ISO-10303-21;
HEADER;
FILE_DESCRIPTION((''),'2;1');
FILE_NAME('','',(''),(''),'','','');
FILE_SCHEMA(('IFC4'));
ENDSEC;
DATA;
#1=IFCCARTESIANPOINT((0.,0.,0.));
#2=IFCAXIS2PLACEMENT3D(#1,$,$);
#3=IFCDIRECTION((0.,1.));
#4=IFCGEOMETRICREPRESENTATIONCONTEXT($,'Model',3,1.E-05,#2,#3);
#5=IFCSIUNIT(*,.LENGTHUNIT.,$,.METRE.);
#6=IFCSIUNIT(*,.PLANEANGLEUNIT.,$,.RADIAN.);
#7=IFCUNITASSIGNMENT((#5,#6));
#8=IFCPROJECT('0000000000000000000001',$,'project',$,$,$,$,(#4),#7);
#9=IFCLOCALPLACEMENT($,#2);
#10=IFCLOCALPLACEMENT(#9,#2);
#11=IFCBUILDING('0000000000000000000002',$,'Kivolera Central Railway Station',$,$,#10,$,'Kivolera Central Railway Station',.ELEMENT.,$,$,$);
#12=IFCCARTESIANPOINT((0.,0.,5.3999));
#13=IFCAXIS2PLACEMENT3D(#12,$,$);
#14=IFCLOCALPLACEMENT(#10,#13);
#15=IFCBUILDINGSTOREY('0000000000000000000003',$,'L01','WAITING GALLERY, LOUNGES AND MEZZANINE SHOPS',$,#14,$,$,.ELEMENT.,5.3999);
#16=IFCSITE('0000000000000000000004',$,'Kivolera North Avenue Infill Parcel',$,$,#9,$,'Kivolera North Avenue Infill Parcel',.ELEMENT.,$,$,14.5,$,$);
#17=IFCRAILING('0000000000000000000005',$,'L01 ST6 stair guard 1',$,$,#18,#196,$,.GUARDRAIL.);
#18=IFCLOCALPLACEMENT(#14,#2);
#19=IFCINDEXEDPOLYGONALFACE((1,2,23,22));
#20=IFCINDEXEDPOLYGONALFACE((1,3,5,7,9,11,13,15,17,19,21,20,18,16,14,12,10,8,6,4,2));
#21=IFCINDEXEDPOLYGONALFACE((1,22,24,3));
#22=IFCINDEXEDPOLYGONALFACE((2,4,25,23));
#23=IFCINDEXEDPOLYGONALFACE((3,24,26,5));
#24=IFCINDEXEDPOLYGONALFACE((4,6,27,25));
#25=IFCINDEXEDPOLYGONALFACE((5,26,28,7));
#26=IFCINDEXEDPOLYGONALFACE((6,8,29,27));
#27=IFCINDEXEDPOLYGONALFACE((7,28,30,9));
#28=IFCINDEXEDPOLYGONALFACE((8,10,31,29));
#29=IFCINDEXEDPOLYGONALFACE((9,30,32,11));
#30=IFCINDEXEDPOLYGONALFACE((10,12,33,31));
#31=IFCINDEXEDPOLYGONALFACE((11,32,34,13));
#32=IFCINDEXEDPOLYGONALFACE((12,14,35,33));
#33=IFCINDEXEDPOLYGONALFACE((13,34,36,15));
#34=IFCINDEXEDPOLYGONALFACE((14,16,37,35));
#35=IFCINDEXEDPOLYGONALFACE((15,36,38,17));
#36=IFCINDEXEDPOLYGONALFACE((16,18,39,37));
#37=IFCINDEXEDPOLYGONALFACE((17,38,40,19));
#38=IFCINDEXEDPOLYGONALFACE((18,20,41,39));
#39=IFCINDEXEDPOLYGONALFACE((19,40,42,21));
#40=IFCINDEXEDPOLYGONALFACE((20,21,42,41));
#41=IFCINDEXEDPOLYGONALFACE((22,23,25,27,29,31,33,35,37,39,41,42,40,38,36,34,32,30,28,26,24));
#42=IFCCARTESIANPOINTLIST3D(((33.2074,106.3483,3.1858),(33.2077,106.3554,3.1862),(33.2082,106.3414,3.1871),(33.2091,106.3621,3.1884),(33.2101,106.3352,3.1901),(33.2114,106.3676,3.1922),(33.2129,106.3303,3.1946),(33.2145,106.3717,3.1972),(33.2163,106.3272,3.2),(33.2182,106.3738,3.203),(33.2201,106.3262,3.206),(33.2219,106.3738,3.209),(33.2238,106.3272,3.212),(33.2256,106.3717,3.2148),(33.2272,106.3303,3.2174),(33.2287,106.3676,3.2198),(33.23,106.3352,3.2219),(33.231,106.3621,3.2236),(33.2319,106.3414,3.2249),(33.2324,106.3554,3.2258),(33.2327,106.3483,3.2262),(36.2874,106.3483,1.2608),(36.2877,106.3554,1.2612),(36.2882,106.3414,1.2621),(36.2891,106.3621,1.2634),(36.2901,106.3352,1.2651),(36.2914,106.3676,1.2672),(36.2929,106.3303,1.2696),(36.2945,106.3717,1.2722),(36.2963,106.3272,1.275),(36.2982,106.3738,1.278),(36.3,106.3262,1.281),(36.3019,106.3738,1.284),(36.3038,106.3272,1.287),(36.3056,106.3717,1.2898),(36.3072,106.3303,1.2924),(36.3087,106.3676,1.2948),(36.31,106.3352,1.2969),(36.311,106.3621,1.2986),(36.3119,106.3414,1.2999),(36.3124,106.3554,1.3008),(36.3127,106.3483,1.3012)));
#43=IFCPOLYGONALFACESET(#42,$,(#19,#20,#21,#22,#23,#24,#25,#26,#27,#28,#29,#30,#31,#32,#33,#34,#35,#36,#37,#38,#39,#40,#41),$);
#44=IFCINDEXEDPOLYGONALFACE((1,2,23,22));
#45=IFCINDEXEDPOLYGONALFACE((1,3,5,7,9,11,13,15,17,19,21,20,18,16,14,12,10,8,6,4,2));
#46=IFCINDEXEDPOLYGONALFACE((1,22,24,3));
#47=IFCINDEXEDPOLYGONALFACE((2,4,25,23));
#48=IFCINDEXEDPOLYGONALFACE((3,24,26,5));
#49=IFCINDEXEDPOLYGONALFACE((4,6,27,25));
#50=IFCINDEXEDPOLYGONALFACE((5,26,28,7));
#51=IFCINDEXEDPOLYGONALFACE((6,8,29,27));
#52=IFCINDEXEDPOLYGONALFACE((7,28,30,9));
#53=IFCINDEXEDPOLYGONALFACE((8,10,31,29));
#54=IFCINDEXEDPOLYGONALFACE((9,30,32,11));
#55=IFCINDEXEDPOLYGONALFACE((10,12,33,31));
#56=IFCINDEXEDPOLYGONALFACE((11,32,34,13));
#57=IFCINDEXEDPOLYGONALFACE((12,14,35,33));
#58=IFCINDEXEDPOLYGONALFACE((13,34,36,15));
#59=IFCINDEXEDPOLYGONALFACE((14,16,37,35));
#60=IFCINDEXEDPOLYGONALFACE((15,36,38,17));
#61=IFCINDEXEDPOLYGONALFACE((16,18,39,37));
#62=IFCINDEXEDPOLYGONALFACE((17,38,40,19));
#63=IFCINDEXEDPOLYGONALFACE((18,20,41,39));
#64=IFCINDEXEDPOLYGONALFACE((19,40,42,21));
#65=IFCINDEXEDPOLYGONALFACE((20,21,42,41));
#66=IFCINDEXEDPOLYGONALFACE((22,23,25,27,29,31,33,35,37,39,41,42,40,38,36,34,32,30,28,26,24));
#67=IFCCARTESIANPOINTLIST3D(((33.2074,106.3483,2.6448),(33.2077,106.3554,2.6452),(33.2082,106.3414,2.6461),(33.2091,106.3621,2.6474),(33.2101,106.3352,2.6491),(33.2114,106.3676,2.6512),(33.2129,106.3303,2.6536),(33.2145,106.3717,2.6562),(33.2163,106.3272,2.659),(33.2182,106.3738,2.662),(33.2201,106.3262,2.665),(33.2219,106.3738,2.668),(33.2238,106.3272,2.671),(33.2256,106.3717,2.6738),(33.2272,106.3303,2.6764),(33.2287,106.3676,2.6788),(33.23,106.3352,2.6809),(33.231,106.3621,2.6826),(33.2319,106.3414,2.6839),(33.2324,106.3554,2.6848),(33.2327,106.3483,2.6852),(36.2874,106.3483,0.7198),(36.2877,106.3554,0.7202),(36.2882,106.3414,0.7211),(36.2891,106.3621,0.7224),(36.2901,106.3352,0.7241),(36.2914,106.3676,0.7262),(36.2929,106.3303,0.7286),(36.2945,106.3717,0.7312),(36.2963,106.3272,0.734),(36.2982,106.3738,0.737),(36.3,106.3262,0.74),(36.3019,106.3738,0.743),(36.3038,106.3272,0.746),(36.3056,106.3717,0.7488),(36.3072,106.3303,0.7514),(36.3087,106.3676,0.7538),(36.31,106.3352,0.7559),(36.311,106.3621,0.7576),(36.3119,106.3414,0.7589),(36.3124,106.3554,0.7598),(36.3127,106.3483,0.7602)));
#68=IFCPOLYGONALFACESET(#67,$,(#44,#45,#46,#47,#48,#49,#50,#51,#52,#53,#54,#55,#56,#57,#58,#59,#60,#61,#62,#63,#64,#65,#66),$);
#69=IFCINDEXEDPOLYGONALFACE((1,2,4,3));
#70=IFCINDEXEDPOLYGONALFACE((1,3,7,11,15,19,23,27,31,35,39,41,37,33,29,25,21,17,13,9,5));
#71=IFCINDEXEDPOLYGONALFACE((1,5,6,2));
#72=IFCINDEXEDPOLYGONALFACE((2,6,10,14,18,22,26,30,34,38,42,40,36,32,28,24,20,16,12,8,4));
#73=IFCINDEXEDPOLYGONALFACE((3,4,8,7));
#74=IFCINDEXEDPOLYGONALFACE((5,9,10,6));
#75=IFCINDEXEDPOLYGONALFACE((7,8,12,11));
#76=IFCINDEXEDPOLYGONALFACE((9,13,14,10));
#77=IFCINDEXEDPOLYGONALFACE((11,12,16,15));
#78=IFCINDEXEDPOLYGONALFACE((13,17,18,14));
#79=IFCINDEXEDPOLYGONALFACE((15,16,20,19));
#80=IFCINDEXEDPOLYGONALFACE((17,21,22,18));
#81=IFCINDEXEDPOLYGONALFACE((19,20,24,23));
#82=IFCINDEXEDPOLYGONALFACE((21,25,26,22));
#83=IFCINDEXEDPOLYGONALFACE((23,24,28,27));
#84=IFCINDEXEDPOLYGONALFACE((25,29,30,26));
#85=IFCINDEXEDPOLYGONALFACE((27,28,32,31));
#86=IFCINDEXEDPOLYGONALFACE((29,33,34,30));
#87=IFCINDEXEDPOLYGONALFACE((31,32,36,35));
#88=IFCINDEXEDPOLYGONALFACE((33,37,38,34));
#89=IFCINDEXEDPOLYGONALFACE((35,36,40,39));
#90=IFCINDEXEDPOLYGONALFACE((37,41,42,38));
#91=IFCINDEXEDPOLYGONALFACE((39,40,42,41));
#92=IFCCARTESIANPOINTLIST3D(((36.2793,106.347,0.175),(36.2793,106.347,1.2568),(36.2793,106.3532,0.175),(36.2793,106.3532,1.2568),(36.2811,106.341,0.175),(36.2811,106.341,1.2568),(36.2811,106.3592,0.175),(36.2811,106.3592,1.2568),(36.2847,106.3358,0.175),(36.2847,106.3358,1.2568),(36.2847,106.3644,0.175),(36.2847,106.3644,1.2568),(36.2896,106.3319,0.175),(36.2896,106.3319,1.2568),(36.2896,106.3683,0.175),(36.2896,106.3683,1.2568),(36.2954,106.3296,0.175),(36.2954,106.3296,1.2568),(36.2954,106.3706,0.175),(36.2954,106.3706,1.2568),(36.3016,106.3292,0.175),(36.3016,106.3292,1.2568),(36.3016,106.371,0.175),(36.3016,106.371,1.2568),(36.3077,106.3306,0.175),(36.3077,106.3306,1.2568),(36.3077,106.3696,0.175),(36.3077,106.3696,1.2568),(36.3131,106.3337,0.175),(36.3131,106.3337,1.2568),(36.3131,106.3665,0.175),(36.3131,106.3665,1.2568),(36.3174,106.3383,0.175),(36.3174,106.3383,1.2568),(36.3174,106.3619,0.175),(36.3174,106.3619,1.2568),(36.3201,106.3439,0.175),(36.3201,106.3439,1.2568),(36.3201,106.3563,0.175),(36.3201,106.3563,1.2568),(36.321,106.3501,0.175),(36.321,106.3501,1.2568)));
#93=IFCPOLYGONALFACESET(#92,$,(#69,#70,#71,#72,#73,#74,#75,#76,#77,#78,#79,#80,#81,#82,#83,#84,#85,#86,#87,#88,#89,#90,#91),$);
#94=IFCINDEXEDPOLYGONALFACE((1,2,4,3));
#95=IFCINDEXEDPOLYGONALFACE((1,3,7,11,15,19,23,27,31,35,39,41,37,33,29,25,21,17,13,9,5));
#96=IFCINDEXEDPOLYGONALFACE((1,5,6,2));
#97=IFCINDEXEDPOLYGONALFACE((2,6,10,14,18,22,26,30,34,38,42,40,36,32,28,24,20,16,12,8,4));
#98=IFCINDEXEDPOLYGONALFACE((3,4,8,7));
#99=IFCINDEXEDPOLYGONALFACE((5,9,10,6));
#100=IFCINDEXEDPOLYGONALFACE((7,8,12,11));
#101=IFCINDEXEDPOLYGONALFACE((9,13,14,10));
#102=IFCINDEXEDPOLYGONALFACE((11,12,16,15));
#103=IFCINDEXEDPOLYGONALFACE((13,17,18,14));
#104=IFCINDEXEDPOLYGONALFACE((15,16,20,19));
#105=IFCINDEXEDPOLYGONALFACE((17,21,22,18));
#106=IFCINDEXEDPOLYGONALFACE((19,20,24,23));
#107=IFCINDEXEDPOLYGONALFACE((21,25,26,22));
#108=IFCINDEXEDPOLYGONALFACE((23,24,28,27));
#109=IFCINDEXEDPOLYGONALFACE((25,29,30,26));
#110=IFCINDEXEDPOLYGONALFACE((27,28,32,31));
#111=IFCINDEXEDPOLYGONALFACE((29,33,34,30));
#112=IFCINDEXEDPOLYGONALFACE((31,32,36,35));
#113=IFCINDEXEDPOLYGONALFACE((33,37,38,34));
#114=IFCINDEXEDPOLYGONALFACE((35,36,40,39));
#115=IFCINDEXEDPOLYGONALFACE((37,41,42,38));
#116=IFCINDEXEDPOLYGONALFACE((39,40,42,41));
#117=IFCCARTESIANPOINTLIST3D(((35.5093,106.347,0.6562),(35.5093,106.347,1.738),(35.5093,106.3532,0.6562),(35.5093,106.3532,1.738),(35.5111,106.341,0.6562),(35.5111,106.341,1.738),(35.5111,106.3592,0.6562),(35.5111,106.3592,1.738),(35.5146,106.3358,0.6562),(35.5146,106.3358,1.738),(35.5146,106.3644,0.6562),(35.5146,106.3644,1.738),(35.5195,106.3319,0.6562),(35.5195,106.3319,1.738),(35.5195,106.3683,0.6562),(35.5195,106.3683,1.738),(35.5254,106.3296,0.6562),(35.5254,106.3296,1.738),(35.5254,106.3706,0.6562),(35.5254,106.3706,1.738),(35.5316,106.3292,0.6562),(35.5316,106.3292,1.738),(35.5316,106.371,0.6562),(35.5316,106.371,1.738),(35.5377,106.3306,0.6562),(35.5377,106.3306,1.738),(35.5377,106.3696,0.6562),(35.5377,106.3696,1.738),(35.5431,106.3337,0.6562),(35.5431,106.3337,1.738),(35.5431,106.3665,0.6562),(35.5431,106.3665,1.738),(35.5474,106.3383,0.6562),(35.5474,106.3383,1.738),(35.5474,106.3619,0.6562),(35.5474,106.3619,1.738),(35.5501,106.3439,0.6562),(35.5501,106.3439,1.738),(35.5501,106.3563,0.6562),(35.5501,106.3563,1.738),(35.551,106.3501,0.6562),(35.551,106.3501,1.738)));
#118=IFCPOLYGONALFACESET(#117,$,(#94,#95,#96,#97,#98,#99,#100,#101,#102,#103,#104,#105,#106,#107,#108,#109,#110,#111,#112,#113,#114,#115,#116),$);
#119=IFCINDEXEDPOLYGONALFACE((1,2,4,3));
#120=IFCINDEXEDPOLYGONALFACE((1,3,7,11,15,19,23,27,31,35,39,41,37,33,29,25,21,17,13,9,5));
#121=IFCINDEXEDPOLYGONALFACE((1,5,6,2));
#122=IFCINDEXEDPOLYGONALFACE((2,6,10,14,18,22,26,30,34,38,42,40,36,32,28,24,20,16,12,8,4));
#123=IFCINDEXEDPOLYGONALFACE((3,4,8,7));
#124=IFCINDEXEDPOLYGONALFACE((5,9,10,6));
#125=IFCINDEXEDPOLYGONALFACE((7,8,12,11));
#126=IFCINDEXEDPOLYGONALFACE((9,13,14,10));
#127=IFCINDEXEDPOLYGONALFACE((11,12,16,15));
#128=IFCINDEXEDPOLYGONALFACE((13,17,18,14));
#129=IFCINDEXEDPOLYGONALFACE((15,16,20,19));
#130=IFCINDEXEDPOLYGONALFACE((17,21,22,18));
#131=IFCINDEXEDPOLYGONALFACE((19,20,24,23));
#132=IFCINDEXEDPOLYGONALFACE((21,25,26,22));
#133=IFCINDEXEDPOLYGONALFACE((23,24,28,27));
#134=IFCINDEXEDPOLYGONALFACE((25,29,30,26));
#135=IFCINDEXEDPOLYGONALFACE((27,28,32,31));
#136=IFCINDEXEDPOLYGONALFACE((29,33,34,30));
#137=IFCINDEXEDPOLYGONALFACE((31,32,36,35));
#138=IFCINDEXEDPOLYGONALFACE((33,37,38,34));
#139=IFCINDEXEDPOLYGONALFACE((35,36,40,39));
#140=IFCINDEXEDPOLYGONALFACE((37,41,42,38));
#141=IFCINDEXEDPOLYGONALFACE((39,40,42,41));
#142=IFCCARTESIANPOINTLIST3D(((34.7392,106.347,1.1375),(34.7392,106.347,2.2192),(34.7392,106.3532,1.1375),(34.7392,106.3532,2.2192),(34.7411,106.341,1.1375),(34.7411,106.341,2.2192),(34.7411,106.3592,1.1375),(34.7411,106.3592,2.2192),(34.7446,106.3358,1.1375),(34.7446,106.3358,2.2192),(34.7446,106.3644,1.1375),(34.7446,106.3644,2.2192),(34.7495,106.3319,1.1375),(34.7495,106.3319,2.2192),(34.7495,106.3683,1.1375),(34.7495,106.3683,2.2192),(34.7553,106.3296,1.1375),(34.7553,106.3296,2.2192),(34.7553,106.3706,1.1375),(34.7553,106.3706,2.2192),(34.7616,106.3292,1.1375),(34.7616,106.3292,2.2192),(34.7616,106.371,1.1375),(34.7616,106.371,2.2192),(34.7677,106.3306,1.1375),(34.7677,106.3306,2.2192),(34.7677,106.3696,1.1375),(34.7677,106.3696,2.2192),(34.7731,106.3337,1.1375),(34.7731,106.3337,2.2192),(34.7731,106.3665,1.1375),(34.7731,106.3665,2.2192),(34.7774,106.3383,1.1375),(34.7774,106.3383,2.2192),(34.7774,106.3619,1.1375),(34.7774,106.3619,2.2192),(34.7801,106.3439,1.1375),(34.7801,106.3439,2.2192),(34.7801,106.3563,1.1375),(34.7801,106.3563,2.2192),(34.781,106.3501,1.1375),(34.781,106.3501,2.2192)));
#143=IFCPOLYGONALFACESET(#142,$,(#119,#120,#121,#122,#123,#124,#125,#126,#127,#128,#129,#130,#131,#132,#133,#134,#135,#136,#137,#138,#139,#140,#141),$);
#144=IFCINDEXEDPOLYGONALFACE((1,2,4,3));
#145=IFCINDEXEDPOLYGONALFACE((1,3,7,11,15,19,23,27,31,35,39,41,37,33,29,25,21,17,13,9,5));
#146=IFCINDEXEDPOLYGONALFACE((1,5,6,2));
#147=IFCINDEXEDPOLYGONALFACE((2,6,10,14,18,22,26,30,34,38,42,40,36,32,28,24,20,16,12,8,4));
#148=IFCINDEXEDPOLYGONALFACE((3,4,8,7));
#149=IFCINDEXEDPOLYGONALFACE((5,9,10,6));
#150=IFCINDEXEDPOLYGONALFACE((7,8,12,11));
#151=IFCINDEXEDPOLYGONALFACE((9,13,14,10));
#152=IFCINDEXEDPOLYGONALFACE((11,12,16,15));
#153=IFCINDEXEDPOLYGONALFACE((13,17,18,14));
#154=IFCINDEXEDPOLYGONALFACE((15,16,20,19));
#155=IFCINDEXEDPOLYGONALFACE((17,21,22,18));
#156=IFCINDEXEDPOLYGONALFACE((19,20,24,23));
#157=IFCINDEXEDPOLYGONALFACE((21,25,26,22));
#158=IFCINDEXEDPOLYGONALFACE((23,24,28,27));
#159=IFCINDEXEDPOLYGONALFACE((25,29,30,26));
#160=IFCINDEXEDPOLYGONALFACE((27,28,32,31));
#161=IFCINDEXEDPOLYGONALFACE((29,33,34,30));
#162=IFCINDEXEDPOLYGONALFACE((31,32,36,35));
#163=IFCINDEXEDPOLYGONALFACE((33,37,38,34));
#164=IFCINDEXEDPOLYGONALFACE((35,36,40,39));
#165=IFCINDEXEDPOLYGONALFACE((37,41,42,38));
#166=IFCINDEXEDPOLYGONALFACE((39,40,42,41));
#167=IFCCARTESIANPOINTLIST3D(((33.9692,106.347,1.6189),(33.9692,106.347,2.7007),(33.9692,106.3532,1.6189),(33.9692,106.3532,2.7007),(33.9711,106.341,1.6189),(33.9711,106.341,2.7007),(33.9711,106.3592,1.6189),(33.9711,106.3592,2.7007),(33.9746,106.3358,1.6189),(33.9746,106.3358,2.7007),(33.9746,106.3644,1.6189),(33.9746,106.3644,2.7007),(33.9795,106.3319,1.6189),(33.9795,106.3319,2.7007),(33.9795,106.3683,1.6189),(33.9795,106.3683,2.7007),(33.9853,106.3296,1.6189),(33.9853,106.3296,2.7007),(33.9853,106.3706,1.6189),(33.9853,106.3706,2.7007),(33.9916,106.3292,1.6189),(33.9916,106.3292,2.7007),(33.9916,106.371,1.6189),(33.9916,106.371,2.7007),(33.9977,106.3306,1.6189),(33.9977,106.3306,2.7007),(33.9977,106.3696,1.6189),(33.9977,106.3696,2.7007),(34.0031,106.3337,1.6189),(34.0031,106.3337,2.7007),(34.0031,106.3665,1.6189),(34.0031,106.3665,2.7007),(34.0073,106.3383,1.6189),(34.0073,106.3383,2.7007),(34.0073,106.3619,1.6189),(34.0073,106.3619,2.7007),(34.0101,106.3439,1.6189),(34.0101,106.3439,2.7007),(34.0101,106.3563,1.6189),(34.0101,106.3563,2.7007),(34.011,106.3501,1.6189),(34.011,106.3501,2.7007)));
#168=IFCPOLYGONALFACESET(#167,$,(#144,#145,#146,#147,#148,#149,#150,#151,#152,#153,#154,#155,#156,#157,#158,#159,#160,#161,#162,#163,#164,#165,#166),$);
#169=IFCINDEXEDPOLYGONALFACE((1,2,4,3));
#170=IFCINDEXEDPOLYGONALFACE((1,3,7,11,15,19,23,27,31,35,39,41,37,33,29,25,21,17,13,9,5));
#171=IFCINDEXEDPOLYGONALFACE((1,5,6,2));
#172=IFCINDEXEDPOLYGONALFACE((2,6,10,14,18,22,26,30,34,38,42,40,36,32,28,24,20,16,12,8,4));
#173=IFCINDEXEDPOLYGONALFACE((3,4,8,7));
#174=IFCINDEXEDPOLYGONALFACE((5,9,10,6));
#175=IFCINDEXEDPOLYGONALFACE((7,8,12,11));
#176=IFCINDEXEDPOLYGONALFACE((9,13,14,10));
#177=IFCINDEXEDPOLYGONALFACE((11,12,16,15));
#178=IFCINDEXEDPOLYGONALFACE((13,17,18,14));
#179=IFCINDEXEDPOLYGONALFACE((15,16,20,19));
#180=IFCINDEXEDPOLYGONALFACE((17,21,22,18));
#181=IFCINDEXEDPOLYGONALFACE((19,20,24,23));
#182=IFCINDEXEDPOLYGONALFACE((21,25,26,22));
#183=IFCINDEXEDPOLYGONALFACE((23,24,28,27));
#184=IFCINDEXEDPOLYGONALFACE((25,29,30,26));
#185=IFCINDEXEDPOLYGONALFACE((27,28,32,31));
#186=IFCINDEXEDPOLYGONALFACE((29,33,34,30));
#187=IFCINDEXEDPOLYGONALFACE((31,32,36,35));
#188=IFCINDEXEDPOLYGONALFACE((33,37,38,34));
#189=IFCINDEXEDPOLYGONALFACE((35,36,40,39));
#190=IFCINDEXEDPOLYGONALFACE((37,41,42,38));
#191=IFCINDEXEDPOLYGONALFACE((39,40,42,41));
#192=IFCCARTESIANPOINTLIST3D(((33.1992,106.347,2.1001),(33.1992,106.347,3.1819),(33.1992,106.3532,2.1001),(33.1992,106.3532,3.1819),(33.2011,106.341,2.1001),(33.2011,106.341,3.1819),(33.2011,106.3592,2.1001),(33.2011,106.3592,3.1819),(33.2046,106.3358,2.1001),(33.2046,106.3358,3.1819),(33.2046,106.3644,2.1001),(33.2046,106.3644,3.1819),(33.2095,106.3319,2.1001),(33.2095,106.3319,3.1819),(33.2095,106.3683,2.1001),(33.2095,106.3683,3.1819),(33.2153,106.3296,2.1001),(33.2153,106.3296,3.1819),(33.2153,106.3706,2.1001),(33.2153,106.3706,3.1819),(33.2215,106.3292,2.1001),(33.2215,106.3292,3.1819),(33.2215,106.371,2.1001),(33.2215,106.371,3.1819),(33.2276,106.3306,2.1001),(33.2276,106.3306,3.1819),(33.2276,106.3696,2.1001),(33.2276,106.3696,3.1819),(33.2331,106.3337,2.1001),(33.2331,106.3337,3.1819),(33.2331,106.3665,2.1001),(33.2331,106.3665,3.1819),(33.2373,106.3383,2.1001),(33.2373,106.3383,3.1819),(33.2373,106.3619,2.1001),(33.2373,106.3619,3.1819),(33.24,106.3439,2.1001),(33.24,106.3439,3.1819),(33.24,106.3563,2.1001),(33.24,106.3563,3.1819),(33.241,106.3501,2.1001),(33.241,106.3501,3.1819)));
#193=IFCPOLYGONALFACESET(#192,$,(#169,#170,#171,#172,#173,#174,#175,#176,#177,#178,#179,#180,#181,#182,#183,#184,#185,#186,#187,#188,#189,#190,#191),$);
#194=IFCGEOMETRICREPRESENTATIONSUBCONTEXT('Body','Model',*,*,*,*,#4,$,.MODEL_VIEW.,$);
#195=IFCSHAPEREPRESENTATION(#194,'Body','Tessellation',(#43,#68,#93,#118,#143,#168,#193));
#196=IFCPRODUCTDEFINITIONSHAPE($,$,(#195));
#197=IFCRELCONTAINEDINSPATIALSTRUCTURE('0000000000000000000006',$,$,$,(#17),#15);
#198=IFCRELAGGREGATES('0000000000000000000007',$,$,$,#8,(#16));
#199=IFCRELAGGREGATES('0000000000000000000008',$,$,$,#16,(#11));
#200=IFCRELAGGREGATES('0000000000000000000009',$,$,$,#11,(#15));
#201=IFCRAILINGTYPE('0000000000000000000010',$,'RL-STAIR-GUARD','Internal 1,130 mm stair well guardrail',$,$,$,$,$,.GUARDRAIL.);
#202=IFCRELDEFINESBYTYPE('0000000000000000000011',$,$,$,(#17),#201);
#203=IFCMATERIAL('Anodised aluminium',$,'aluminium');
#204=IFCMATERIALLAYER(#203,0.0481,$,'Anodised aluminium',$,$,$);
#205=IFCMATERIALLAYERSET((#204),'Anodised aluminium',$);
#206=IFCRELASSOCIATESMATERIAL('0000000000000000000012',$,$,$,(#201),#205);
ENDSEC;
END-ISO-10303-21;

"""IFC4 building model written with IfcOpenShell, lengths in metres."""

from ifc_helpers import new_model, si_unit, direction, frame, origin, origin_2d, place, context, subcontext, project, spatial, circle, extrude, material, layer, layer_set, type_object, element, save


model = new_model("IFC4")

# Units and contexts
model_context = context("Model", 3, precision=1e-05, world=origin(), true_north=direction((0.0, 1.0)))
body_context = subcontext(model_context, "Body", "Model", "MODEL_VIEW")
ifc_project = project(units=[si_unit("LENGTHUNIT", "METRE"), si_unit("PLANEANGLEUNIT", "RADIAN")], contexts=[model_context])

# Site, building, storey
site_placement = place(None, origin())
site = spatial("IfcSite", under=ifc_project, at=site_placement, Name="Kivolera North Avenue Infill Parcel", LongName="Kivolera North Avenue Infill Parcel", CompositionType="ELEMENT", RefElevation=14.5)
building_placement = place(site_placement, origin())
building = spatial("IfcBuilding", under=site, at=building_placement, Name="Kivolera Central Railway Station", LongName="Kivolera Central Railway Station", CompositionType="ELEMENT")
storey_placement = place(building_placement, frame((0.0, 0.0, 5.3999)))
storey = spatial("IfcBuildingStorey", under=building, at=storey_placement, Name="L01", Description="WAITING GALLERY, LOUNGES AND MEZZANINE SHOPS", CompositionType="ELEMENT", Elevation=5.3999)

# Shared definitions
ifc_material_1 = material(Name="Anodised aluminium", Category="aluminium")

# Railing
ifc_layer_1 = layer(ifc_material_1, 0.0481, Name="Anodised aluminium")
ifc_layer_set_1 = layer_set([ifc_layer_1], Name="Anodised aluminium")
railing_type_1 = type_object("IfcRailingType", Name="RL-STAIR-GUARD", Description="Internal 1,130 mm stair well guardrail", PredefinedType="GUARDRAIL", material=ifc_layer_set_1)
railing_1_placement = place(storey_placement, frame((36.3, 106.3501, 0.175)))
element("IfcRailing", 1, at=railing_1_placement, inside=storey, type_object=railing_type_1, Name="L01 ST6 stair guard 1", PredefinedType="GUARDRAIL", context=body_context, shape_type="SweptSolid", body=[
    extrude(circle(Radius=0.0239, at=origin_2d()), frame((0.0, 0.0, 1.106), z_axis=(-0.847998, 0.0, 0.529999), x_axis=(0.0, -1.0, 0.0)), (0.0, 0.0, 1.0), 3.6321),
    extrude(circle(Radius=0.0239, at=origin_2d()), frame((0.0, 0.0, 0.5649), z_axis=(-0.847998, 0.0, 0.529999), x_axis=(0.0, -1.0, 0.0)), (0.0, 0.0, 1.0), 3.6321),
    extrude(circle(Radius=0.021, at=origin_2d()), origin(), (0.0, 0.0, 1.0), 1.0818),
    extrude(circle(Radius=0.021, at=origin_2d()), frame((-0.77, 0.0, 0.4812)), (0.0, 0.0, 1.0), 1.0818),
    extrude(circle(Radius=0.021, at=origin_2d()), frame((-1.54, 0.0, 0.9624)), (0.0, 0.0, 1.0), 1.0818),
    extrude(circle(Radius=0.021, at=origin_2d()), frame((-2.3101, 0.0, 1.4438)), (0.0, 0.0, 1.0), 1.0818),
    extrude(circle(Radius=0.021, at=origin_2d()), frame((-3.0801, 0.0, 1.925)), (0.0, 0.0, 1.0), 1.0818),
])

save(model, "model.ifc")
